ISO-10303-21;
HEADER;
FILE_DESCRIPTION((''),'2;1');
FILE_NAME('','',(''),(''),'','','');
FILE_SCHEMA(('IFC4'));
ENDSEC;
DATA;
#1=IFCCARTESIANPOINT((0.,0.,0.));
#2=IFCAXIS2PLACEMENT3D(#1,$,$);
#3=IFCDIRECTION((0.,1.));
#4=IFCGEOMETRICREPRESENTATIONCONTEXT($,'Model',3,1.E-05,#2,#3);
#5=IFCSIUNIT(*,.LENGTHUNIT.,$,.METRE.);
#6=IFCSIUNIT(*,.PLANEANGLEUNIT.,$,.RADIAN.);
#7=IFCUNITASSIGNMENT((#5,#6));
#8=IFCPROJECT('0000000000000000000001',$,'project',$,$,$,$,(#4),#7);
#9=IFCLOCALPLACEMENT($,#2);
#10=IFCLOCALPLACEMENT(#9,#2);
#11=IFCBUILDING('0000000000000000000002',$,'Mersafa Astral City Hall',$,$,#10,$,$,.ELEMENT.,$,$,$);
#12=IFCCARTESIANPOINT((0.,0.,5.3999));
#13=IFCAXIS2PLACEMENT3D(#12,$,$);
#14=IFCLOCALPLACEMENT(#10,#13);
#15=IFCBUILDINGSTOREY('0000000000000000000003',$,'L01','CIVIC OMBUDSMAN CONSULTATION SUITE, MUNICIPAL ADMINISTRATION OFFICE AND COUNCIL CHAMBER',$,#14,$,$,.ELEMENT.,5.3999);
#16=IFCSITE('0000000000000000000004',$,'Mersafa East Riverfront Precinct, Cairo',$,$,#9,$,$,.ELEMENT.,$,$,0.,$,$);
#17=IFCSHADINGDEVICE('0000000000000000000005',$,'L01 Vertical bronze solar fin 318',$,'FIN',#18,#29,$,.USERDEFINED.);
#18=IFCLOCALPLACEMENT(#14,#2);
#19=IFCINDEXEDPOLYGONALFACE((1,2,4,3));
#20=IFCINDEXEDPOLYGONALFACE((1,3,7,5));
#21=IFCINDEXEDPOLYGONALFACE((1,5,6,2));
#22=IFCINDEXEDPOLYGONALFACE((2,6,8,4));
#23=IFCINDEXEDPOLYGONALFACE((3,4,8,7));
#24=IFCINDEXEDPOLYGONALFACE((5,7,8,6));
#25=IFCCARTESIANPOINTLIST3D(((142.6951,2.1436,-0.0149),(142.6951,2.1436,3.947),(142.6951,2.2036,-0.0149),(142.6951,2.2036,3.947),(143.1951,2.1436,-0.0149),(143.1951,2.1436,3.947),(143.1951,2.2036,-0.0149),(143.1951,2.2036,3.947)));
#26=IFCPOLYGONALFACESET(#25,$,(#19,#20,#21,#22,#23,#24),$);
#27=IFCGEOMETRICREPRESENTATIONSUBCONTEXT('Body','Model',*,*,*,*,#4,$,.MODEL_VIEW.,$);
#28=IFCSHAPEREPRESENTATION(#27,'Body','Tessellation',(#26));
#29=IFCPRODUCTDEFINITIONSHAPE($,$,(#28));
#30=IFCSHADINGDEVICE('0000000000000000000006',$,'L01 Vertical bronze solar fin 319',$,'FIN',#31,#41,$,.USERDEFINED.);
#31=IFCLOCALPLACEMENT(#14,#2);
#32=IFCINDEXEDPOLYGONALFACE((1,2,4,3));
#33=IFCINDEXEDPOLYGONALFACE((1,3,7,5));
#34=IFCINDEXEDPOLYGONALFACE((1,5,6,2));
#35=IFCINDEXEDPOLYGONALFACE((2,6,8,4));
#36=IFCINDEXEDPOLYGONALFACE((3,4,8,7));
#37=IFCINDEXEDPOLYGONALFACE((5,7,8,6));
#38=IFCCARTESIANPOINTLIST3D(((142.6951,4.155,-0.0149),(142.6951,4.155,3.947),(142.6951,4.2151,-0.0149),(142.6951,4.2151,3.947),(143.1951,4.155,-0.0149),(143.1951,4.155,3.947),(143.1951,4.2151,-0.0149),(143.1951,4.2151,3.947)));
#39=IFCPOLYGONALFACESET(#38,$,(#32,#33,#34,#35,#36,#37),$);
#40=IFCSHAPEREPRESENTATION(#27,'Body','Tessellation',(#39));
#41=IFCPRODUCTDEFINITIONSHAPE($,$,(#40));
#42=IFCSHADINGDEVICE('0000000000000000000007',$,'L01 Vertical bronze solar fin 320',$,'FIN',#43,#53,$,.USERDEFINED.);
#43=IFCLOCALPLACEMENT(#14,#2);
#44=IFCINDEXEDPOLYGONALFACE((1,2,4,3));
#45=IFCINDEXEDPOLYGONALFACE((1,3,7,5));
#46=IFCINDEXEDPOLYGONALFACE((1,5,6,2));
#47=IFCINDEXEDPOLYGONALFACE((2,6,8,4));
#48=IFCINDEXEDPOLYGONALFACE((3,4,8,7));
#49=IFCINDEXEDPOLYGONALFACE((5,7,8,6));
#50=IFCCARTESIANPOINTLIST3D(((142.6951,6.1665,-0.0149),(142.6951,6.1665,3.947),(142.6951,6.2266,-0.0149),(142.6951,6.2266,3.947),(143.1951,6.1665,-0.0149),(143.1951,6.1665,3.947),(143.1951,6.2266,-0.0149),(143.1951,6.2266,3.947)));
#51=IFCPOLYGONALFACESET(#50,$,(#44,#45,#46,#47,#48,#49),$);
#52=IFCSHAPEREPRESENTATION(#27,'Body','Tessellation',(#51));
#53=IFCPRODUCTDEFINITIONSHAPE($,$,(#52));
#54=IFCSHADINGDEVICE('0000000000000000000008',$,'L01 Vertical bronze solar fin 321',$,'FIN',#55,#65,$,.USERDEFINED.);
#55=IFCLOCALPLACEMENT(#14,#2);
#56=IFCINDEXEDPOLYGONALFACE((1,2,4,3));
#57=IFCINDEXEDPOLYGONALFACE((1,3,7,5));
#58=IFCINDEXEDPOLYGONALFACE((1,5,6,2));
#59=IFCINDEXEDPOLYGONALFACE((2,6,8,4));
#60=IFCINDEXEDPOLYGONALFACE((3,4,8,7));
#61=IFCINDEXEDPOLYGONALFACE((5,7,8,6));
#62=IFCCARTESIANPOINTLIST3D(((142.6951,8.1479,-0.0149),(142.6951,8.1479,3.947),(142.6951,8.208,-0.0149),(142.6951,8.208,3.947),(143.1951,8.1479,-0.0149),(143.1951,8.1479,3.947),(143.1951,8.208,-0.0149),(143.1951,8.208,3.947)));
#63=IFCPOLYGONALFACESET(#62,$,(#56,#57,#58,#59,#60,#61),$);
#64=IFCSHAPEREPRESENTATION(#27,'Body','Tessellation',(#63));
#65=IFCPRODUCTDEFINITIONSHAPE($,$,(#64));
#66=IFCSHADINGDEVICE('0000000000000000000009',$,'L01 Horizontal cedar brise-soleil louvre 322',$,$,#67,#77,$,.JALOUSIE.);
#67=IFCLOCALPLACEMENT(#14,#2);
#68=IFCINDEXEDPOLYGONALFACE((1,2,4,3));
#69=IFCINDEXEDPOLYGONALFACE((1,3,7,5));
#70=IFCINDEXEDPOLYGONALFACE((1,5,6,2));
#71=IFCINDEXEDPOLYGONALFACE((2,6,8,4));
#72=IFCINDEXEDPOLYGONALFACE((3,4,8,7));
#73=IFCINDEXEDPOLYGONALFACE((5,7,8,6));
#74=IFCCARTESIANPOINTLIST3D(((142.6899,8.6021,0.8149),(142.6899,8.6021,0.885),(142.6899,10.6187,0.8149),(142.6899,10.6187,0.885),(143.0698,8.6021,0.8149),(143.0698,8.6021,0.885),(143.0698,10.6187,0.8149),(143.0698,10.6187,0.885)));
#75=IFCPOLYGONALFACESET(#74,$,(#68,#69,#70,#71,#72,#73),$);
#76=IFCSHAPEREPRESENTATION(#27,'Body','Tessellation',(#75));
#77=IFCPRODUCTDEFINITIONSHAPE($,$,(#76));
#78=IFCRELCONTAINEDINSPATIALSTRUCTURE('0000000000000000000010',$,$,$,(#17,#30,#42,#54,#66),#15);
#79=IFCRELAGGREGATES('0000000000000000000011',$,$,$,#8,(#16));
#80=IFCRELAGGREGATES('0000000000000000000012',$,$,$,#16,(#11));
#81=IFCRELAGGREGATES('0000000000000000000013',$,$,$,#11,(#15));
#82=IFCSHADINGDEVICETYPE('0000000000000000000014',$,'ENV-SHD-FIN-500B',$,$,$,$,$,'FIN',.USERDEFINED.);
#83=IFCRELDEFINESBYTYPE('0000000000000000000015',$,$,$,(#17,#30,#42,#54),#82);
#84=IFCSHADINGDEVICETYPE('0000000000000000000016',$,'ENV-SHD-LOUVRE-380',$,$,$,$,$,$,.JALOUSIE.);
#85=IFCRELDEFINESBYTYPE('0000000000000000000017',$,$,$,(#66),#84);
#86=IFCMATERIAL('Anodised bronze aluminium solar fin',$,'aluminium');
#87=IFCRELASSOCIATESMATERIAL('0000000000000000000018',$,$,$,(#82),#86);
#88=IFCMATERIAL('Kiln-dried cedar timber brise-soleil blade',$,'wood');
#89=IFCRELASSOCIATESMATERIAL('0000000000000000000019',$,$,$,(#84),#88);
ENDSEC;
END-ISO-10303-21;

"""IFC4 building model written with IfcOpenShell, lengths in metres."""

from ifc_helpers import new_model, si_unit, direction, frame, origin, origin_2d, place, context, subcontext, project, spatial, rectangle, extrude, material, type_object, element, save


model = new_model("IFC4")

# Units and contexts
model_context = context("Model", 3, precision=1e-05, world=origin(), true_north=direction((0.0, 1.0)))
body_context = subcontext(model_context, "Body", "Model", "MODEL_VIEW")
ifc_project = project(units=[si_unit("LENGTHUNIT", "METRE"), si_unit("PLANEANGLEUNIT", "RADIAN")], contexts=[model_context])

# Site, building, storey
site_placement = place(None, origin())
site = spatial("IfcSite", under=ifc_project, at=site_placement, Name="Mersafa East Riverfront Precinct, Cairo", CompositionType="ELEMENT", RefElevation=0.0)
building_placement = place(site_placement, origin())
building = spatial("IfcBuilding", under=site, at=building_placement, Name="Mersafa Astral City Hall", CompositionType="ELEMENT")
storey_placement = place(building_placement, frame((0.0, 0.0, 5.3999)))
storey = spatial("IfcBuildingStorey", under=building, at=storey_placement, Name="L01", Description="CIVIC OMBUDSMAN CONSULTATION SUITE, MUNICIPAL ADMINISTRATION OFFICE AND COUNCIL CHAMBER", CompositionType="ELEMENT", Elevation=5.3999)

# Shading devices
ifc_material_1 = material(Name="Anodised bronze aluminium solar fin", Category="aluminium")
shading_device_type_1 = type_object("IfcShadingDeviceType", Name="ENV-SHD-FIN-500B", ElementType="FIN", PredefinedType="USERDEFINED", material=ifc_material_1)
for number, where, z_axis, x_axis, name in (
    (1, (142.9451, 2.1736, -0.0149), (0.0, 0.0, 1.0), (0.0, 1.0, 0.0), "L01 Vertical bronze solar fin 318"),
    (2, (142.9451, 4.1851, -0.0149), (0.0, 0.0, 1.0), (0.0, 1.0, 0.0), "L01 Vertical bronze solar fin 319"),
    (3, (142.9451, 6.1965, -0.0149), (0.0, 0.0, 1.0), (0.0, 1.0, 0.0), "L01 Vertical bronze solar fin 320"),
    (4, (142.9451, 8.178, -0.0149), (0.0, 0.0, 1.0), (0.0, 1.0, 0.0), "L01 Vertical bronze solar fin 321"),
):
    element("IfcShadingDevice", number, at=place(storey_placement, frame(where, z_axis=z_axis, x_axis=x_axis)), inside=storey, type_object=shading_device_type_1, Name=name, ObjectType="FIN", PredefinedType="USERDEFINED", context=body_context, shape_type="SweptSolid", body=[
        extrude(rectangle(XDim=0.0601, YDim=0.5, at=origin_2d()), origin(), (0.0, 0.0, 1.0), 3.9619),
    ])
ifc_material_2 = material(Name="Kiln-dried cedar timber brise-soleil blade", Category="wood")
shading_device_type_2 = type_object("IfcShadingDeviceType", Name="ENV-SHD-LOUVRE-380", PredefinedType="JALOUSIE", material=ifc_material_2)
shading_device_placement = place(storey_placement, frame((142.8799, 9.6104, 0.8149), z_axis=(0.0, 0.0, 1.0), x_axis=(0.0, 1.0, 0.0)))
element("IfcShadingDevice", 5, at=shading_device_placement, inside=storey, type_object=shading_device_type_2, Name="L01 Horizontal cedar brise-soleil louvre 322", PredefinedType="JALOUSIE", context=body_context, shape_type="SweptSolid", body=[
    extrude(rectangle(XDim=2.0166, YDim=0.3799, at=origin_2d()), origin(), (0.0, 0.0, 1.0), 0.0701),
])

save(model, "model.ifc")
